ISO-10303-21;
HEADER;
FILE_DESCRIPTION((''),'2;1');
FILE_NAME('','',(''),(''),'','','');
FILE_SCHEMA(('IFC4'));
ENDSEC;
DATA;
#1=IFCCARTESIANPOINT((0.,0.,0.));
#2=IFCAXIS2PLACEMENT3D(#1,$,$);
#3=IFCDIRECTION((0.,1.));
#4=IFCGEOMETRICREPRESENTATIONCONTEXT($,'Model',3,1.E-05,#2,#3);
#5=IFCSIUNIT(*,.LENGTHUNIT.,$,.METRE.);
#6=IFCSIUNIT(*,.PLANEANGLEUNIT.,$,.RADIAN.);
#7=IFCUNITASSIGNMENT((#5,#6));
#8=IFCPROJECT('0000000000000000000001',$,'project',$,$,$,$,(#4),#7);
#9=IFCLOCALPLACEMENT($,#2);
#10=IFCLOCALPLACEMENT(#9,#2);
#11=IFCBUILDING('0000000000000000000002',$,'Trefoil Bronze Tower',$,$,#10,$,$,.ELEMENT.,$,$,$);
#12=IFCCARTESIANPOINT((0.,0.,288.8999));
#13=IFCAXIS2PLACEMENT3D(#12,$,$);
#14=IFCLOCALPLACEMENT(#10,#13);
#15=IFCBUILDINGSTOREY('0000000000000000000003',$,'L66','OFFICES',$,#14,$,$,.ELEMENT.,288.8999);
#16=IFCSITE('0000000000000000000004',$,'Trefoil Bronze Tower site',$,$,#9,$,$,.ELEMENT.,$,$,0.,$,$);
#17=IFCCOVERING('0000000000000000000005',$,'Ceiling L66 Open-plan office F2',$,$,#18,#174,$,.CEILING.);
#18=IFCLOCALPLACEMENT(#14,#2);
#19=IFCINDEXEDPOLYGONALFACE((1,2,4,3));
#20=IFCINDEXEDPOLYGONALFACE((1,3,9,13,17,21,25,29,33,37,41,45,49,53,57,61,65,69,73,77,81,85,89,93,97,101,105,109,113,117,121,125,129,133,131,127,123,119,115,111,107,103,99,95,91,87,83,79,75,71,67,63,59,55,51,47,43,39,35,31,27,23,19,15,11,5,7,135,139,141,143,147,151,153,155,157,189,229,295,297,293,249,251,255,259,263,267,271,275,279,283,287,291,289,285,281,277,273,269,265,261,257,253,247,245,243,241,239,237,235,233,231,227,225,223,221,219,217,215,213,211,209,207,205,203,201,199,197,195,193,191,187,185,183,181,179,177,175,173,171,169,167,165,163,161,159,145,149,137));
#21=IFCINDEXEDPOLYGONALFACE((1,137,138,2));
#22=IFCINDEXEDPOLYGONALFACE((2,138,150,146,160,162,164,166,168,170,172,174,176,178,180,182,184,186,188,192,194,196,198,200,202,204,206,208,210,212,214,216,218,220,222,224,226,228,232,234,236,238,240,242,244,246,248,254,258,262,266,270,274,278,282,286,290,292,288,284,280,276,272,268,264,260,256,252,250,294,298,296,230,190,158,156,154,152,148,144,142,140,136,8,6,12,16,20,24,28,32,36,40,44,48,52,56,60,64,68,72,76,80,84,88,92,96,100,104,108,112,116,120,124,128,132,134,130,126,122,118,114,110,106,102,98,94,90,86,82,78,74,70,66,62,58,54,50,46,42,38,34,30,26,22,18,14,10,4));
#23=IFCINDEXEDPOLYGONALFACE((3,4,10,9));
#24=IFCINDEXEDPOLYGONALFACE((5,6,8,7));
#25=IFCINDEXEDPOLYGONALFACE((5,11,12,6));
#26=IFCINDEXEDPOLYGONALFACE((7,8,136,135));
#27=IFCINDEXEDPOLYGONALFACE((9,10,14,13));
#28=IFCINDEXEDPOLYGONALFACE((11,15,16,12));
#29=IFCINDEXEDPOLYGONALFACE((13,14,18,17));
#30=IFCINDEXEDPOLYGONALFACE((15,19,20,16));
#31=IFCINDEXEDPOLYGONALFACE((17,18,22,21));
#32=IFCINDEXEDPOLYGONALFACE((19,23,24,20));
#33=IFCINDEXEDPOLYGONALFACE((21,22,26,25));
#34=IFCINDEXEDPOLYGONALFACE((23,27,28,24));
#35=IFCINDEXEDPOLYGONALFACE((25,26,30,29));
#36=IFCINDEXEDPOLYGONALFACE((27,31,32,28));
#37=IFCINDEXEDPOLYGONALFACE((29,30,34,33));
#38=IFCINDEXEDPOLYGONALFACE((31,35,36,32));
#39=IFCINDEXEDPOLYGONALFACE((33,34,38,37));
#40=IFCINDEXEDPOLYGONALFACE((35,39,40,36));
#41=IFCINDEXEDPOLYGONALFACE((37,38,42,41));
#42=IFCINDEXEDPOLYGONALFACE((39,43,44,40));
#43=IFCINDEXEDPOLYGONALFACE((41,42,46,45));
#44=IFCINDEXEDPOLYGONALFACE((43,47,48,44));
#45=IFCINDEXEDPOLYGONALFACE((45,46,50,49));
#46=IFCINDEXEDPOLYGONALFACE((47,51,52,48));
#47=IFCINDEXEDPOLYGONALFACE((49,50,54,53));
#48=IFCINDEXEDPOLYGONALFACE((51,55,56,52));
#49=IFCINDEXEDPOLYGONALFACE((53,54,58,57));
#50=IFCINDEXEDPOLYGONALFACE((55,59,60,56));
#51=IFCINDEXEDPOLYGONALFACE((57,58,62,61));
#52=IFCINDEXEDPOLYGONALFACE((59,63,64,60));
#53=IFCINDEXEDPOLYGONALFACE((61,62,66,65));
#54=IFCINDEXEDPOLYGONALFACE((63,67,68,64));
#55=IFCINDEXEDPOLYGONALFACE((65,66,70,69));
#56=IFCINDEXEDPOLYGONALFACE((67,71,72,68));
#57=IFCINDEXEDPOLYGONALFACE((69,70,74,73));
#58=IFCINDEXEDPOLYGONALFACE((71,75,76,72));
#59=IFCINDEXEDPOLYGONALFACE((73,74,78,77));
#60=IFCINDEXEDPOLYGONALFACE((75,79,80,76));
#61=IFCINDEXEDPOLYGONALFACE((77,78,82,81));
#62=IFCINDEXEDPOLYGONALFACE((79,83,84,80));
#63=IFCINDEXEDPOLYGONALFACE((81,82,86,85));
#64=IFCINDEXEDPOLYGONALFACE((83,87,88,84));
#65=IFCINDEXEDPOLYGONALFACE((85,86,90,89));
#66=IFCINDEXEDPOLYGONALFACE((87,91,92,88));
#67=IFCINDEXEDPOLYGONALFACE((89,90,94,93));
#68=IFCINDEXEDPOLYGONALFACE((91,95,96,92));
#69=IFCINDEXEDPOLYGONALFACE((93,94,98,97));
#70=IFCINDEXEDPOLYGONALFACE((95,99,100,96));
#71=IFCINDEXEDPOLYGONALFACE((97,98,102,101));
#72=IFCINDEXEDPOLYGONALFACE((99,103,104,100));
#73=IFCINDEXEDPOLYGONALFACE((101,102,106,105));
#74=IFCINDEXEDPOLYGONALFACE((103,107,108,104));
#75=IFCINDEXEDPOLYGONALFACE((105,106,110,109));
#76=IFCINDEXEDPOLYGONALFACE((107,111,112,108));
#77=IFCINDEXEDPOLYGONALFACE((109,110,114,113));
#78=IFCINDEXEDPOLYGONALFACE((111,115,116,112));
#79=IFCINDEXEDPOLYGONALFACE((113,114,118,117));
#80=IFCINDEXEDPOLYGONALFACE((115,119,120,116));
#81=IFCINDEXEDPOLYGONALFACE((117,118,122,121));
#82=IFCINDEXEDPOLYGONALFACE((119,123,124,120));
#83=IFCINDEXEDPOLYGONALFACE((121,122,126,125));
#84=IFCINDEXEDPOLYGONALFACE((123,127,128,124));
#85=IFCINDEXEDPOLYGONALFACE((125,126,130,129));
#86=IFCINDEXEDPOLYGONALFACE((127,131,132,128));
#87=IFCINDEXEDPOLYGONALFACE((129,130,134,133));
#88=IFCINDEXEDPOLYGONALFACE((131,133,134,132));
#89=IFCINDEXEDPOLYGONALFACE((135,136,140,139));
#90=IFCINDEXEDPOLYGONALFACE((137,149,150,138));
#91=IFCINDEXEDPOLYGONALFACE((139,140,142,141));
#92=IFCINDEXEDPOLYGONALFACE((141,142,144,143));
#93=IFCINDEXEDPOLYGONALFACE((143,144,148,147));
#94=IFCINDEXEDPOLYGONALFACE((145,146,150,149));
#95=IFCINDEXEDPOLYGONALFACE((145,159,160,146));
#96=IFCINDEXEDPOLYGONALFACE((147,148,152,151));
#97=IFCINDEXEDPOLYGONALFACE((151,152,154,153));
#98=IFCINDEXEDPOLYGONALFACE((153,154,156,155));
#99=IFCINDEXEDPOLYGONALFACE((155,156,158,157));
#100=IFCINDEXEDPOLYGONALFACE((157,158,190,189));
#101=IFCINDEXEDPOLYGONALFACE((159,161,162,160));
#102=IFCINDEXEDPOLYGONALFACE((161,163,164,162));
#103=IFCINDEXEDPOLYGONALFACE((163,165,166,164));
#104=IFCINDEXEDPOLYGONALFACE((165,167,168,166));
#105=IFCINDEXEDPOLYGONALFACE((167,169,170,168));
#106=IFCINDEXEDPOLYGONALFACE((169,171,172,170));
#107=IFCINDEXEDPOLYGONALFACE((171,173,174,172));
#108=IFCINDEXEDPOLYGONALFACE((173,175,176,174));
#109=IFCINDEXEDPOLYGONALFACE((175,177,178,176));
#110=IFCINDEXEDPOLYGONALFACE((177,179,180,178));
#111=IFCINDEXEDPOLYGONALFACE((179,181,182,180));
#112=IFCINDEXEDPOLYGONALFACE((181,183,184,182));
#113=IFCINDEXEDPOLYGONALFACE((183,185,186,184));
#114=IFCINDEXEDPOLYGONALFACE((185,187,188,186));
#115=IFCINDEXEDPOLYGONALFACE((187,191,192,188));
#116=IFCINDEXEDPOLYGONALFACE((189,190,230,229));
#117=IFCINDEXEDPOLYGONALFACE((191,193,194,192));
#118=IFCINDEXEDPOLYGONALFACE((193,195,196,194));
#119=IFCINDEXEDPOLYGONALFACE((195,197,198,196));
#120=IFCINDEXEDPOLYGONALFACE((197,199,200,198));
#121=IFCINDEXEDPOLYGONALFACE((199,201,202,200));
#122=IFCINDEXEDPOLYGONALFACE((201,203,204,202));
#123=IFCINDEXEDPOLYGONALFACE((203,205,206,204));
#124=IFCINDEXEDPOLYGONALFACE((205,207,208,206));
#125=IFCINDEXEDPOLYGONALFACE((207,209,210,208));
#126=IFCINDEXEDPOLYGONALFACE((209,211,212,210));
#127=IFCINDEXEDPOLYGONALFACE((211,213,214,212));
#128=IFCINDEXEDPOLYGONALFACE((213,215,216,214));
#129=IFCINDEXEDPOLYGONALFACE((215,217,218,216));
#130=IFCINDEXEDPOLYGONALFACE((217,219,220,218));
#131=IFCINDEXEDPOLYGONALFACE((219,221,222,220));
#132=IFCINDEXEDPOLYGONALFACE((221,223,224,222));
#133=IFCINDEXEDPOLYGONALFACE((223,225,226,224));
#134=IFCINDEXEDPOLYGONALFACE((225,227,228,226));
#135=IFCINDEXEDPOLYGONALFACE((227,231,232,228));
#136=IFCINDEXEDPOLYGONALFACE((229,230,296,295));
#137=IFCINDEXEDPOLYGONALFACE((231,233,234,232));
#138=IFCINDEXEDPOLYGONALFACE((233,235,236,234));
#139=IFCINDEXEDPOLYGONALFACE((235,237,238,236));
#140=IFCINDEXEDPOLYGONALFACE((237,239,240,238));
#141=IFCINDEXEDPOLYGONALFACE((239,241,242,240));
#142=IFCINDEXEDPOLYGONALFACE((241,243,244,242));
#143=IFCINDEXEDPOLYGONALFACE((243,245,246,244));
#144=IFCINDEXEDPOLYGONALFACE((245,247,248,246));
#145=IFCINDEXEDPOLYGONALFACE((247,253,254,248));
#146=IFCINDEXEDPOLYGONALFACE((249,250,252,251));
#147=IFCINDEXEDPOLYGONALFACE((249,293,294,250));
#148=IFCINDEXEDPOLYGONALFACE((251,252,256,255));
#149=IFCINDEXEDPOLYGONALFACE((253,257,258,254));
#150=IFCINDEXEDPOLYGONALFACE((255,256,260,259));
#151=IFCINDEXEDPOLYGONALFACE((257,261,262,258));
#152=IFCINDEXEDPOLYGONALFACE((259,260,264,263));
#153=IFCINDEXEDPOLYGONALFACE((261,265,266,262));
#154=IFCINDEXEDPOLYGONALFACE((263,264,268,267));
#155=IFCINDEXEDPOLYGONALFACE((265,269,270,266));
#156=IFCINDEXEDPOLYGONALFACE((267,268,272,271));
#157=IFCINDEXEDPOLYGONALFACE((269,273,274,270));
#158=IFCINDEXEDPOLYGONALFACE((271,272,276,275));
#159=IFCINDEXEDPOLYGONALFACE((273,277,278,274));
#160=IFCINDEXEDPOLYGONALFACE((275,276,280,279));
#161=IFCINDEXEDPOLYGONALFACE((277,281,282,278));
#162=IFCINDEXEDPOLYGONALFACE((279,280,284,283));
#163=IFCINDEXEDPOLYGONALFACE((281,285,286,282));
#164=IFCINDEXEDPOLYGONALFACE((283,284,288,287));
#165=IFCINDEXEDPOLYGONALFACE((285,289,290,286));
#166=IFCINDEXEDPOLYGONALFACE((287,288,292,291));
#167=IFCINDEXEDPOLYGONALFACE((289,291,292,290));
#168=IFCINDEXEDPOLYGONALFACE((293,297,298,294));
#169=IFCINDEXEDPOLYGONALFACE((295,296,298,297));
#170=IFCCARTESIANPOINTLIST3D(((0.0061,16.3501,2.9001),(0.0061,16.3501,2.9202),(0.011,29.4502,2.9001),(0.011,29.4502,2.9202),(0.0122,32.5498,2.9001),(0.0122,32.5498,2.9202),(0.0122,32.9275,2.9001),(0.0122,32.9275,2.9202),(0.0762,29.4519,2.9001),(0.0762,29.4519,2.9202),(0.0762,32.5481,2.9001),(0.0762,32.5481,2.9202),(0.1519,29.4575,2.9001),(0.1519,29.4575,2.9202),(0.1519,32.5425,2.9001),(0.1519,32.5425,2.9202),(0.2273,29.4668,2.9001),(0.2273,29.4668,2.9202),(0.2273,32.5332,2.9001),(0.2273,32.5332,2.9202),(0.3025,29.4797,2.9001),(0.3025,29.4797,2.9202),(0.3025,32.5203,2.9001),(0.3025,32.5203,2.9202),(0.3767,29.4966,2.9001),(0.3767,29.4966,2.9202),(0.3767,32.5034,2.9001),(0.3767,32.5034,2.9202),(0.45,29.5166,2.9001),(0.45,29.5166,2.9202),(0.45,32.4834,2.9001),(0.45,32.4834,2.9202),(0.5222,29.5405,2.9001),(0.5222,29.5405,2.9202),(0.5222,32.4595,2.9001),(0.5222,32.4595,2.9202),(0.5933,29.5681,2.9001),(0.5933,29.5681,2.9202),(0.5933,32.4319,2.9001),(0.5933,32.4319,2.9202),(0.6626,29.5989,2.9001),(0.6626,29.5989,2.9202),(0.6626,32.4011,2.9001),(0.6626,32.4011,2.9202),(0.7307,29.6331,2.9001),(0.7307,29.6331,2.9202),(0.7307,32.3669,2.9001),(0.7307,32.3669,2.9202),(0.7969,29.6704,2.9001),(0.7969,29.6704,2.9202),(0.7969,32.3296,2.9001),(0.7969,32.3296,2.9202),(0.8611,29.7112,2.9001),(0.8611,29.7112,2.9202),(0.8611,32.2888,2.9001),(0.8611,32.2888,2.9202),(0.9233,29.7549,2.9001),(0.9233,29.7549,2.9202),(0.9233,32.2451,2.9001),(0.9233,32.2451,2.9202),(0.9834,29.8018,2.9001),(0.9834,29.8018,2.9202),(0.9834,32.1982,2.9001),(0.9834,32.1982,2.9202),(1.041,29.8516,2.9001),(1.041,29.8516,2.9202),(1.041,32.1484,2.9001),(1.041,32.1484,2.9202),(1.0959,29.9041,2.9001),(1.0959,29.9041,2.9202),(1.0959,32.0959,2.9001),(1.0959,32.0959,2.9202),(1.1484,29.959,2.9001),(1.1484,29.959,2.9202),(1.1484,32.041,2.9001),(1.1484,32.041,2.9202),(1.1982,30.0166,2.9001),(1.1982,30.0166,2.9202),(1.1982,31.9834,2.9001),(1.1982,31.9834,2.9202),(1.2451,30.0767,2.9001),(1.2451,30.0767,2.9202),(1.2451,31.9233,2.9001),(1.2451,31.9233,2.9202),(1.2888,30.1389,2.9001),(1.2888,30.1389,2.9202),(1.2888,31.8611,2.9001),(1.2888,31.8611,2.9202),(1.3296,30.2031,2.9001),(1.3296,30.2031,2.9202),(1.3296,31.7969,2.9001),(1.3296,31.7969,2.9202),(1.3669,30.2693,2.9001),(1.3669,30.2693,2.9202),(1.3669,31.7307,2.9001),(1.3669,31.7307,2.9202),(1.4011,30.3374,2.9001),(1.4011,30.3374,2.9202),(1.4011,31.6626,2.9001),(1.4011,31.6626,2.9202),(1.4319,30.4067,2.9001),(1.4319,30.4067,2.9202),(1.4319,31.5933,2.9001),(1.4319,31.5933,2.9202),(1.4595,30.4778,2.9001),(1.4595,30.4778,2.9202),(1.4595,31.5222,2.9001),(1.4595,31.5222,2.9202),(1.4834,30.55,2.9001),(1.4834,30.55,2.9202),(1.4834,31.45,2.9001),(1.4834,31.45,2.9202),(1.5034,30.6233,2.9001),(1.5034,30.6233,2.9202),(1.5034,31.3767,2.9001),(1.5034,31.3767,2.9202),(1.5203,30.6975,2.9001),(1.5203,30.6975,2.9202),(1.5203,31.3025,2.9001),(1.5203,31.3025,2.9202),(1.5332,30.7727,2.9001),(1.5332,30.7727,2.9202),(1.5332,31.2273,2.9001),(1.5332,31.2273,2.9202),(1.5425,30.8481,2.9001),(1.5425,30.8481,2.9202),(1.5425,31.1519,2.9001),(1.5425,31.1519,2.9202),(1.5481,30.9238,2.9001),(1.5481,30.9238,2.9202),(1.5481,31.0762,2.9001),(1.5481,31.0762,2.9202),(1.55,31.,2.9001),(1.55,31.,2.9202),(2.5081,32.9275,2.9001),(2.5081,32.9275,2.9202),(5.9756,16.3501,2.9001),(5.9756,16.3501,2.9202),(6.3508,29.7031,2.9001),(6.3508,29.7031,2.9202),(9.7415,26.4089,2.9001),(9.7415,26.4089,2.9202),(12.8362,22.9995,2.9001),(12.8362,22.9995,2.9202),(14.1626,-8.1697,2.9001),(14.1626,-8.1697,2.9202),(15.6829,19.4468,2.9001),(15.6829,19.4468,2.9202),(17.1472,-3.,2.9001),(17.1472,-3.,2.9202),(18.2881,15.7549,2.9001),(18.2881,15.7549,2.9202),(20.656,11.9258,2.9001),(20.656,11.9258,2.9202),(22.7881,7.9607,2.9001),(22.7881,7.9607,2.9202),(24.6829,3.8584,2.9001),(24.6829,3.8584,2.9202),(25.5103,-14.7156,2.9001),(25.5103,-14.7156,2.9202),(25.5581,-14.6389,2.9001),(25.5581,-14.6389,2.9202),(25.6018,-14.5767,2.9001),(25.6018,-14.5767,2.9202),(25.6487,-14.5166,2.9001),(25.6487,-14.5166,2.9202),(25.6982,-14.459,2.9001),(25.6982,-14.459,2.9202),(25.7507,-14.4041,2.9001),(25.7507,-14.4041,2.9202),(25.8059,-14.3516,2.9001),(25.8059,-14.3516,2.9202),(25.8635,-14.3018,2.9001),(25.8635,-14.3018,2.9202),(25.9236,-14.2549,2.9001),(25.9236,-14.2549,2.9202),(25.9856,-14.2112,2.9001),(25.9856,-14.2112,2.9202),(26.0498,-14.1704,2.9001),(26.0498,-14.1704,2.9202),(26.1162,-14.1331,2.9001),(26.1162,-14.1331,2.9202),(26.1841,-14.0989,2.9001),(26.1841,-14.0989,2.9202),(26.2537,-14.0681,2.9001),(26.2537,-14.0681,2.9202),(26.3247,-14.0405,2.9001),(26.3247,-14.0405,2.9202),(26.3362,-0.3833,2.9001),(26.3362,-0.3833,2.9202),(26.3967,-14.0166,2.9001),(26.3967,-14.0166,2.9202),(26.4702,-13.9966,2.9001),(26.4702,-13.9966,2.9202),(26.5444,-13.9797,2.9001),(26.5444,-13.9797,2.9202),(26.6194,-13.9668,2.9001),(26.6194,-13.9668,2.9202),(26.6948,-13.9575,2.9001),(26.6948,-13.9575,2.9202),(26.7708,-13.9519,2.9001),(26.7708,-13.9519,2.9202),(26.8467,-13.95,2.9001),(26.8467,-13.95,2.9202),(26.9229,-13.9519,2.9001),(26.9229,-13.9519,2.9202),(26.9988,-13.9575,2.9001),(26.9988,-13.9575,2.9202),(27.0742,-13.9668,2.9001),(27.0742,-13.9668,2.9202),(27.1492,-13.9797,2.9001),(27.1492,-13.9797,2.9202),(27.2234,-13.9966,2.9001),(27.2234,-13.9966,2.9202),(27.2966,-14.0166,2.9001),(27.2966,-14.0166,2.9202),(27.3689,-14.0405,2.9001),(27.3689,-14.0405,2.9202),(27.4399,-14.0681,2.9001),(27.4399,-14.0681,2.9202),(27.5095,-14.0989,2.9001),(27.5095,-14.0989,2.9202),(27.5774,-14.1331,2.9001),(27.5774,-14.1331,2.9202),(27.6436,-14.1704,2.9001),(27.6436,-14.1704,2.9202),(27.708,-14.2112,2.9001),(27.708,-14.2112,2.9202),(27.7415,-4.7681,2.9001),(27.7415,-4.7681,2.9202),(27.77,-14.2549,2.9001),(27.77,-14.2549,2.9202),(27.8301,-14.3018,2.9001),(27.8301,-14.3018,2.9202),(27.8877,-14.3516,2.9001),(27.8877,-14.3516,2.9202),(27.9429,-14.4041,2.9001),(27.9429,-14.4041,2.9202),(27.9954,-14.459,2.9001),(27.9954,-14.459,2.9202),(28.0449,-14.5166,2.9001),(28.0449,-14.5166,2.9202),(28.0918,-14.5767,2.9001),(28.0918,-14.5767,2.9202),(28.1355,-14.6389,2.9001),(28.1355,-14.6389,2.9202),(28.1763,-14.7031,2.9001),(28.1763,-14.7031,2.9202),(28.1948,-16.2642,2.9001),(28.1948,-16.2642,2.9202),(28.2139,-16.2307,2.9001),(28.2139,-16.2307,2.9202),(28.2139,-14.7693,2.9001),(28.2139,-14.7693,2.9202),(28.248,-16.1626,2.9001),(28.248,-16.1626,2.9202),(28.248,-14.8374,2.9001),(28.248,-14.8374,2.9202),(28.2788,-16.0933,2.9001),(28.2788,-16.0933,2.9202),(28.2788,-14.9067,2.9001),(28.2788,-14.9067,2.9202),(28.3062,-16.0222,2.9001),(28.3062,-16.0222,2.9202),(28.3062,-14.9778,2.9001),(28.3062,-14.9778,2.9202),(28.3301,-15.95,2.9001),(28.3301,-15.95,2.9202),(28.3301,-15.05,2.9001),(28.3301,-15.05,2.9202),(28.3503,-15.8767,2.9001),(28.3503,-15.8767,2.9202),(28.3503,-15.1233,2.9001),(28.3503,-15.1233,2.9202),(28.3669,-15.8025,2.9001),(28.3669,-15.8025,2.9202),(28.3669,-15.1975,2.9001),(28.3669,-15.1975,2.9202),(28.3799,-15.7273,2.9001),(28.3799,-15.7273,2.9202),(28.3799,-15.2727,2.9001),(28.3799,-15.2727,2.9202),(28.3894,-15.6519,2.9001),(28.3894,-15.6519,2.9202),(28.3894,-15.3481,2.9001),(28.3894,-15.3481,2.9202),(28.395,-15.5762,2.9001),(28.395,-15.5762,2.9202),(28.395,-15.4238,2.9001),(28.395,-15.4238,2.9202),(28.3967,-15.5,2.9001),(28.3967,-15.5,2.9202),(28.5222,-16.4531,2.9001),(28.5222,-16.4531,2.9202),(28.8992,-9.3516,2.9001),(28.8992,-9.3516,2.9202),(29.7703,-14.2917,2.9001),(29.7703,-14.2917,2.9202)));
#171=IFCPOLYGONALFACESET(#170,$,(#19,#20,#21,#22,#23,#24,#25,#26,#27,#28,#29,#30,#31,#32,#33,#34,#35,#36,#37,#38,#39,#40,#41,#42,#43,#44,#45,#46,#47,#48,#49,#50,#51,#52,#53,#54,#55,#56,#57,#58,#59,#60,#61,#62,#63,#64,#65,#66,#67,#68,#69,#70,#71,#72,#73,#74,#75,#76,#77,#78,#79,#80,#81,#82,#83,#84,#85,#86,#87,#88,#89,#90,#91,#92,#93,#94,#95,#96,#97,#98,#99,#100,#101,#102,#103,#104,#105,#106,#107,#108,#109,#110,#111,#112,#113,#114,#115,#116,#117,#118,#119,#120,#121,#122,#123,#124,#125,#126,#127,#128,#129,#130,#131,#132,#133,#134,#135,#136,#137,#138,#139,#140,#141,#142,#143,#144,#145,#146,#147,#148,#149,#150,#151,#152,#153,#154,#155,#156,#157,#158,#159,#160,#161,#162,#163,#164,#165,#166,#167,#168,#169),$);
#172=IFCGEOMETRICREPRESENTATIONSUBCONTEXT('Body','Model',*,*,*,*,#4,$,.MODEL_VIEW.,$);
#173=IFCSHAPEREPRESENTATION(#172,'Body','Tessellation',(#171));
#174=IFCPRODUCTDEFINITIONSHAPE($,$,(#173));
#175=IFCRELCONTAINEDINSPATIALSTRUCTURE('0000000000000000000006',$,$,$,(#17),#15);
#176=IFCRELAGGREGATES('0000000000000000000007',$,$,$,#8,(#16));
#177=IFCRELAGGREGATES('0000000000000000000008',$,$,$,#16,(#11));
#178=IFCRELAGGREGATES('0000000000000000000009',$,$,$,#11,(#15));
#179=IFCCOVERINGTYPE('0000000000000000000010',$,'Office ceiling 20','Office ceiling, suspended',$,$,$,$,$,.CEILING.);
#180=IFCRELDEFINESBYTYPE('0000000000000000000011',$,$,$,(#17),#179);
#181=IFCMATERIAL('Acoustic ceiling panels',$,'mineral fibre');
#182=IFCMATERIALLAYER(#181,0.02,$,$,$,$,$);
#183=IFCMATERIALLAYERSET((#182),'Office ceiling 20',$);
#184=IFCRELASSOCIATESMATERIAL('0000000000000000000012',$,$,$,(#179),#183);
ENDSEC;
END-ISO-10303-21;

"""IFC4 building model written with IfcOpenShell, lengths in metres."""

from ifc_helpers import new_model, si_unit, direction, frame, origin, place, context, subcontext, project, spatial, polyline, outline, extrude, material, layer, layer_set, type_object, element, save


model = new_model("IFC4")

# Units and contexts
model_context = context("Model", 3, precision=1e-05, world=origin(), true_north=direction((0.0, 1.0)))
body_context = subcontext(model_context, "Body", "Model", "MODEL_VIEW")
ifc_project = project(units=[si_unit("LENGTHUNIT", "METRE"), si_unit("PLANEANGLEUNIT", "RADIAN")], contexts=[model_context])

# Site, building, storey
site_placement = place(None, origin())
site = spatial("IfcSite", under=ifc_project, at=site_placement, Name="Trefoil Bronze Tower site", CompositionType="ELEMENT", RefElevation=0.0)
building_placement = place(site_placement, origin())
building = spatial("IfcBuilding", under=site, at=building_placement, Name="Trefoil Bronze Tower", CompositionType="ELEMENT")
storey_placement = place(building_placement, frame((0.0, 0.0, 288.8999)))
storey = spatial("IfcBuildingStorey", under=building, at=storey_placement, Name="L66", Description="OFFICES", CompositionType="ELEMENT", Elevation=288.8999)

# Covering
ifc_material_1 = material(Name="Acoustic ceiling panels", Category="mineral fibre")
ifc_layer_1 = layer(ifc_material_1, 0.02)
ifc_layer_set_1 = layer_set([ifc_layer_1], Name="Office ceiling 20")
covering_type_1 = type_object("IfcCoveringType", Name="Office ceiling 20", Description="Office ceiling, suspended", PredefinedType="CEILING", material=ifc_layer_set_1)
covering_1_placement = place(storey_placement, frame((0.0, 0.0, 2.9001)))
element("IfcCovering", 1, at=covering_1_placement, inside=storey, type_object=covering_type_1, Name="Ceiling L66 Open-plan office F2", PredefinedType="CEILING", context=body_context, shape_type="SweptSolid", body=[
    extrude(outline(polyline([(9.7415, 26.4089), (12.8362, 22.9995), (15.6829, 19.4468), (18.2881, 15.7549), (20.656, 11.9258), (22.7881, 7.9607), (24.6829, 3.8584), (26.3362, -0.3833), (27.7415, -4.7681), (28.8992, -9.3516), (29.7703, -14.2917), (28.5222, -16.4531), (28.1948, -16.2642), (28.2139, -16.2307), (28.248, -16.1626), (28.2788, -16.0933), (28.3062, -16.0222), (28.3301, -15.95), (28.3503, -15.8767), (28.3669, -15.8025), (28.3799, -15.7273), (28.3894, -15.6519), (28.395, -15.5762), (28.3967, -15.5), (28.395, -15.4238), (28.3894, -15.3481), (28.3799, -15.2727), (28.3669, -15.1975), (28.3503, -15.1233), (28.3301, -15.05), (28.3062, -14.9778), (28.2788, -14.9067), (28.248, -14.8374), (28.2139, -14.7693), (28.1763, -14.7031), (28.1355, -14.6389), (28.0918, -14.5767), (28.0449, -14.5166), (27.9954, -14.459), (27.9429, -14.4041), (27.8877, -14.3516), (27.8301, -14.3018), (27.77, -14.2549), (27.708, -14.2112), (27.6436, -14.1704), (27.5774, -14.1331), (27.5095, -14.0989), (27.4399, -14.0681), (27.3689, -14.0405), (27.2966, -14.0166), (27.2234, -13.9966), (27.1492, -13.9797), (27.0742, -13.9668), (26.9988, -13.9575), (26.9229, -13.9519), (26.8467, -13.95), (26.7708, -13.9519), (26.6948, -13.9575), (26.6194, -13.9668), (26.5444, -13.9797), (26.4702, -13.9966), (26.3967, -14.0166), (26.3247, -14.0405), (26.2537, -14.0681), (26.1841, -14.0989), (26.1162, -14.1331), (26.0498, -14.1704), (25.9856, -14.2112), (25.9236, -14.2549), (25.8635, -14.3018), (25.8059, -14.3516), (25.7507, -14.4041), (25.6982, -14.459), (25.6487, -14.5166), (25.6018, -14.5767), (25.5581, -14.6389), (25.5103, -14.7156), (14.1626, -8.1697), (17.1472, -3.0), (5.9756, 16.3501), (0.0061, 16.3501), (0.011, 29.4502), (0.0762, 29.4519), (0.1519, 29.4575), (0.2273, 29.4668), (0.3025, 29.4797), (0.3767, 29.4966), (0.45, 29.5166), (0.5222, 29.5405), (0.5933, 29.5681), (0.6626, 29.5989), (0.7307, 29.6331), (0.7969, 29.6704), (0.8611, 29.7112), (0.9233, 29.7549), (0.9834, 29.8018), (1.041, 29.8516), (1.0959, 29.9041), (1.1484, 29.959), (1.1982, 30.0166), (1.2451, 30.0767), (1.2888, 30.1389), (1.3296, 30.2031), (1.3669, 30.2693), (1.4011, 30.3374), (1.4319, 30.4067), (1.4595, 30.4778), (1.4834, 30.55), (1.5034, 30.6233), (1.5203, 30.6975), (1.5332, 30.7727), (1.5425, 30.8481), (1.5481, 30.9238), (1.55, 31.0), (1.5481, 31.0762), (1.5425, 31.1519), (1.5332, 31.2273), (1.5203, 31.3025), (1.5034, 31.3767), (1.4834, 31.45), (1.4595, 31.5222), (1.4319, 31.5933), (1.4011, 31.6626), (1.3669, 31.7307), (1.3296, 31.7969), (1.2888, 31.8611), (1.2451, 31.9233), (1.1982, 31.9834), (1.1484, 32.041), (1.0959, 32.0959), (1.041, 32.1484), (0.9834, 32.1982), (0.9233, 32.2451), (0.8611, 32.2888), (0.7969, 32.3296), (0.7307, 32.3669), (0.6626, 32.4011), (0.5933, 32.4319), (0.5222, 32.4595), (0.45, 32.4834), (0.3767, 32.5034), (0.3025, 32.5203), (0.2273, 32.5332), (0.1519, 32.5425), (0.0762, 32.5481), (0.0122, 32.5498), (0.0122, 32.9275), (2.5081, 32.9275), (6.3508, 29.7031), (9.7415, 26.4089)])), origin(), (0.0, 0.0, 1.0), 0.02),
])

save(model, "model.ifc")
